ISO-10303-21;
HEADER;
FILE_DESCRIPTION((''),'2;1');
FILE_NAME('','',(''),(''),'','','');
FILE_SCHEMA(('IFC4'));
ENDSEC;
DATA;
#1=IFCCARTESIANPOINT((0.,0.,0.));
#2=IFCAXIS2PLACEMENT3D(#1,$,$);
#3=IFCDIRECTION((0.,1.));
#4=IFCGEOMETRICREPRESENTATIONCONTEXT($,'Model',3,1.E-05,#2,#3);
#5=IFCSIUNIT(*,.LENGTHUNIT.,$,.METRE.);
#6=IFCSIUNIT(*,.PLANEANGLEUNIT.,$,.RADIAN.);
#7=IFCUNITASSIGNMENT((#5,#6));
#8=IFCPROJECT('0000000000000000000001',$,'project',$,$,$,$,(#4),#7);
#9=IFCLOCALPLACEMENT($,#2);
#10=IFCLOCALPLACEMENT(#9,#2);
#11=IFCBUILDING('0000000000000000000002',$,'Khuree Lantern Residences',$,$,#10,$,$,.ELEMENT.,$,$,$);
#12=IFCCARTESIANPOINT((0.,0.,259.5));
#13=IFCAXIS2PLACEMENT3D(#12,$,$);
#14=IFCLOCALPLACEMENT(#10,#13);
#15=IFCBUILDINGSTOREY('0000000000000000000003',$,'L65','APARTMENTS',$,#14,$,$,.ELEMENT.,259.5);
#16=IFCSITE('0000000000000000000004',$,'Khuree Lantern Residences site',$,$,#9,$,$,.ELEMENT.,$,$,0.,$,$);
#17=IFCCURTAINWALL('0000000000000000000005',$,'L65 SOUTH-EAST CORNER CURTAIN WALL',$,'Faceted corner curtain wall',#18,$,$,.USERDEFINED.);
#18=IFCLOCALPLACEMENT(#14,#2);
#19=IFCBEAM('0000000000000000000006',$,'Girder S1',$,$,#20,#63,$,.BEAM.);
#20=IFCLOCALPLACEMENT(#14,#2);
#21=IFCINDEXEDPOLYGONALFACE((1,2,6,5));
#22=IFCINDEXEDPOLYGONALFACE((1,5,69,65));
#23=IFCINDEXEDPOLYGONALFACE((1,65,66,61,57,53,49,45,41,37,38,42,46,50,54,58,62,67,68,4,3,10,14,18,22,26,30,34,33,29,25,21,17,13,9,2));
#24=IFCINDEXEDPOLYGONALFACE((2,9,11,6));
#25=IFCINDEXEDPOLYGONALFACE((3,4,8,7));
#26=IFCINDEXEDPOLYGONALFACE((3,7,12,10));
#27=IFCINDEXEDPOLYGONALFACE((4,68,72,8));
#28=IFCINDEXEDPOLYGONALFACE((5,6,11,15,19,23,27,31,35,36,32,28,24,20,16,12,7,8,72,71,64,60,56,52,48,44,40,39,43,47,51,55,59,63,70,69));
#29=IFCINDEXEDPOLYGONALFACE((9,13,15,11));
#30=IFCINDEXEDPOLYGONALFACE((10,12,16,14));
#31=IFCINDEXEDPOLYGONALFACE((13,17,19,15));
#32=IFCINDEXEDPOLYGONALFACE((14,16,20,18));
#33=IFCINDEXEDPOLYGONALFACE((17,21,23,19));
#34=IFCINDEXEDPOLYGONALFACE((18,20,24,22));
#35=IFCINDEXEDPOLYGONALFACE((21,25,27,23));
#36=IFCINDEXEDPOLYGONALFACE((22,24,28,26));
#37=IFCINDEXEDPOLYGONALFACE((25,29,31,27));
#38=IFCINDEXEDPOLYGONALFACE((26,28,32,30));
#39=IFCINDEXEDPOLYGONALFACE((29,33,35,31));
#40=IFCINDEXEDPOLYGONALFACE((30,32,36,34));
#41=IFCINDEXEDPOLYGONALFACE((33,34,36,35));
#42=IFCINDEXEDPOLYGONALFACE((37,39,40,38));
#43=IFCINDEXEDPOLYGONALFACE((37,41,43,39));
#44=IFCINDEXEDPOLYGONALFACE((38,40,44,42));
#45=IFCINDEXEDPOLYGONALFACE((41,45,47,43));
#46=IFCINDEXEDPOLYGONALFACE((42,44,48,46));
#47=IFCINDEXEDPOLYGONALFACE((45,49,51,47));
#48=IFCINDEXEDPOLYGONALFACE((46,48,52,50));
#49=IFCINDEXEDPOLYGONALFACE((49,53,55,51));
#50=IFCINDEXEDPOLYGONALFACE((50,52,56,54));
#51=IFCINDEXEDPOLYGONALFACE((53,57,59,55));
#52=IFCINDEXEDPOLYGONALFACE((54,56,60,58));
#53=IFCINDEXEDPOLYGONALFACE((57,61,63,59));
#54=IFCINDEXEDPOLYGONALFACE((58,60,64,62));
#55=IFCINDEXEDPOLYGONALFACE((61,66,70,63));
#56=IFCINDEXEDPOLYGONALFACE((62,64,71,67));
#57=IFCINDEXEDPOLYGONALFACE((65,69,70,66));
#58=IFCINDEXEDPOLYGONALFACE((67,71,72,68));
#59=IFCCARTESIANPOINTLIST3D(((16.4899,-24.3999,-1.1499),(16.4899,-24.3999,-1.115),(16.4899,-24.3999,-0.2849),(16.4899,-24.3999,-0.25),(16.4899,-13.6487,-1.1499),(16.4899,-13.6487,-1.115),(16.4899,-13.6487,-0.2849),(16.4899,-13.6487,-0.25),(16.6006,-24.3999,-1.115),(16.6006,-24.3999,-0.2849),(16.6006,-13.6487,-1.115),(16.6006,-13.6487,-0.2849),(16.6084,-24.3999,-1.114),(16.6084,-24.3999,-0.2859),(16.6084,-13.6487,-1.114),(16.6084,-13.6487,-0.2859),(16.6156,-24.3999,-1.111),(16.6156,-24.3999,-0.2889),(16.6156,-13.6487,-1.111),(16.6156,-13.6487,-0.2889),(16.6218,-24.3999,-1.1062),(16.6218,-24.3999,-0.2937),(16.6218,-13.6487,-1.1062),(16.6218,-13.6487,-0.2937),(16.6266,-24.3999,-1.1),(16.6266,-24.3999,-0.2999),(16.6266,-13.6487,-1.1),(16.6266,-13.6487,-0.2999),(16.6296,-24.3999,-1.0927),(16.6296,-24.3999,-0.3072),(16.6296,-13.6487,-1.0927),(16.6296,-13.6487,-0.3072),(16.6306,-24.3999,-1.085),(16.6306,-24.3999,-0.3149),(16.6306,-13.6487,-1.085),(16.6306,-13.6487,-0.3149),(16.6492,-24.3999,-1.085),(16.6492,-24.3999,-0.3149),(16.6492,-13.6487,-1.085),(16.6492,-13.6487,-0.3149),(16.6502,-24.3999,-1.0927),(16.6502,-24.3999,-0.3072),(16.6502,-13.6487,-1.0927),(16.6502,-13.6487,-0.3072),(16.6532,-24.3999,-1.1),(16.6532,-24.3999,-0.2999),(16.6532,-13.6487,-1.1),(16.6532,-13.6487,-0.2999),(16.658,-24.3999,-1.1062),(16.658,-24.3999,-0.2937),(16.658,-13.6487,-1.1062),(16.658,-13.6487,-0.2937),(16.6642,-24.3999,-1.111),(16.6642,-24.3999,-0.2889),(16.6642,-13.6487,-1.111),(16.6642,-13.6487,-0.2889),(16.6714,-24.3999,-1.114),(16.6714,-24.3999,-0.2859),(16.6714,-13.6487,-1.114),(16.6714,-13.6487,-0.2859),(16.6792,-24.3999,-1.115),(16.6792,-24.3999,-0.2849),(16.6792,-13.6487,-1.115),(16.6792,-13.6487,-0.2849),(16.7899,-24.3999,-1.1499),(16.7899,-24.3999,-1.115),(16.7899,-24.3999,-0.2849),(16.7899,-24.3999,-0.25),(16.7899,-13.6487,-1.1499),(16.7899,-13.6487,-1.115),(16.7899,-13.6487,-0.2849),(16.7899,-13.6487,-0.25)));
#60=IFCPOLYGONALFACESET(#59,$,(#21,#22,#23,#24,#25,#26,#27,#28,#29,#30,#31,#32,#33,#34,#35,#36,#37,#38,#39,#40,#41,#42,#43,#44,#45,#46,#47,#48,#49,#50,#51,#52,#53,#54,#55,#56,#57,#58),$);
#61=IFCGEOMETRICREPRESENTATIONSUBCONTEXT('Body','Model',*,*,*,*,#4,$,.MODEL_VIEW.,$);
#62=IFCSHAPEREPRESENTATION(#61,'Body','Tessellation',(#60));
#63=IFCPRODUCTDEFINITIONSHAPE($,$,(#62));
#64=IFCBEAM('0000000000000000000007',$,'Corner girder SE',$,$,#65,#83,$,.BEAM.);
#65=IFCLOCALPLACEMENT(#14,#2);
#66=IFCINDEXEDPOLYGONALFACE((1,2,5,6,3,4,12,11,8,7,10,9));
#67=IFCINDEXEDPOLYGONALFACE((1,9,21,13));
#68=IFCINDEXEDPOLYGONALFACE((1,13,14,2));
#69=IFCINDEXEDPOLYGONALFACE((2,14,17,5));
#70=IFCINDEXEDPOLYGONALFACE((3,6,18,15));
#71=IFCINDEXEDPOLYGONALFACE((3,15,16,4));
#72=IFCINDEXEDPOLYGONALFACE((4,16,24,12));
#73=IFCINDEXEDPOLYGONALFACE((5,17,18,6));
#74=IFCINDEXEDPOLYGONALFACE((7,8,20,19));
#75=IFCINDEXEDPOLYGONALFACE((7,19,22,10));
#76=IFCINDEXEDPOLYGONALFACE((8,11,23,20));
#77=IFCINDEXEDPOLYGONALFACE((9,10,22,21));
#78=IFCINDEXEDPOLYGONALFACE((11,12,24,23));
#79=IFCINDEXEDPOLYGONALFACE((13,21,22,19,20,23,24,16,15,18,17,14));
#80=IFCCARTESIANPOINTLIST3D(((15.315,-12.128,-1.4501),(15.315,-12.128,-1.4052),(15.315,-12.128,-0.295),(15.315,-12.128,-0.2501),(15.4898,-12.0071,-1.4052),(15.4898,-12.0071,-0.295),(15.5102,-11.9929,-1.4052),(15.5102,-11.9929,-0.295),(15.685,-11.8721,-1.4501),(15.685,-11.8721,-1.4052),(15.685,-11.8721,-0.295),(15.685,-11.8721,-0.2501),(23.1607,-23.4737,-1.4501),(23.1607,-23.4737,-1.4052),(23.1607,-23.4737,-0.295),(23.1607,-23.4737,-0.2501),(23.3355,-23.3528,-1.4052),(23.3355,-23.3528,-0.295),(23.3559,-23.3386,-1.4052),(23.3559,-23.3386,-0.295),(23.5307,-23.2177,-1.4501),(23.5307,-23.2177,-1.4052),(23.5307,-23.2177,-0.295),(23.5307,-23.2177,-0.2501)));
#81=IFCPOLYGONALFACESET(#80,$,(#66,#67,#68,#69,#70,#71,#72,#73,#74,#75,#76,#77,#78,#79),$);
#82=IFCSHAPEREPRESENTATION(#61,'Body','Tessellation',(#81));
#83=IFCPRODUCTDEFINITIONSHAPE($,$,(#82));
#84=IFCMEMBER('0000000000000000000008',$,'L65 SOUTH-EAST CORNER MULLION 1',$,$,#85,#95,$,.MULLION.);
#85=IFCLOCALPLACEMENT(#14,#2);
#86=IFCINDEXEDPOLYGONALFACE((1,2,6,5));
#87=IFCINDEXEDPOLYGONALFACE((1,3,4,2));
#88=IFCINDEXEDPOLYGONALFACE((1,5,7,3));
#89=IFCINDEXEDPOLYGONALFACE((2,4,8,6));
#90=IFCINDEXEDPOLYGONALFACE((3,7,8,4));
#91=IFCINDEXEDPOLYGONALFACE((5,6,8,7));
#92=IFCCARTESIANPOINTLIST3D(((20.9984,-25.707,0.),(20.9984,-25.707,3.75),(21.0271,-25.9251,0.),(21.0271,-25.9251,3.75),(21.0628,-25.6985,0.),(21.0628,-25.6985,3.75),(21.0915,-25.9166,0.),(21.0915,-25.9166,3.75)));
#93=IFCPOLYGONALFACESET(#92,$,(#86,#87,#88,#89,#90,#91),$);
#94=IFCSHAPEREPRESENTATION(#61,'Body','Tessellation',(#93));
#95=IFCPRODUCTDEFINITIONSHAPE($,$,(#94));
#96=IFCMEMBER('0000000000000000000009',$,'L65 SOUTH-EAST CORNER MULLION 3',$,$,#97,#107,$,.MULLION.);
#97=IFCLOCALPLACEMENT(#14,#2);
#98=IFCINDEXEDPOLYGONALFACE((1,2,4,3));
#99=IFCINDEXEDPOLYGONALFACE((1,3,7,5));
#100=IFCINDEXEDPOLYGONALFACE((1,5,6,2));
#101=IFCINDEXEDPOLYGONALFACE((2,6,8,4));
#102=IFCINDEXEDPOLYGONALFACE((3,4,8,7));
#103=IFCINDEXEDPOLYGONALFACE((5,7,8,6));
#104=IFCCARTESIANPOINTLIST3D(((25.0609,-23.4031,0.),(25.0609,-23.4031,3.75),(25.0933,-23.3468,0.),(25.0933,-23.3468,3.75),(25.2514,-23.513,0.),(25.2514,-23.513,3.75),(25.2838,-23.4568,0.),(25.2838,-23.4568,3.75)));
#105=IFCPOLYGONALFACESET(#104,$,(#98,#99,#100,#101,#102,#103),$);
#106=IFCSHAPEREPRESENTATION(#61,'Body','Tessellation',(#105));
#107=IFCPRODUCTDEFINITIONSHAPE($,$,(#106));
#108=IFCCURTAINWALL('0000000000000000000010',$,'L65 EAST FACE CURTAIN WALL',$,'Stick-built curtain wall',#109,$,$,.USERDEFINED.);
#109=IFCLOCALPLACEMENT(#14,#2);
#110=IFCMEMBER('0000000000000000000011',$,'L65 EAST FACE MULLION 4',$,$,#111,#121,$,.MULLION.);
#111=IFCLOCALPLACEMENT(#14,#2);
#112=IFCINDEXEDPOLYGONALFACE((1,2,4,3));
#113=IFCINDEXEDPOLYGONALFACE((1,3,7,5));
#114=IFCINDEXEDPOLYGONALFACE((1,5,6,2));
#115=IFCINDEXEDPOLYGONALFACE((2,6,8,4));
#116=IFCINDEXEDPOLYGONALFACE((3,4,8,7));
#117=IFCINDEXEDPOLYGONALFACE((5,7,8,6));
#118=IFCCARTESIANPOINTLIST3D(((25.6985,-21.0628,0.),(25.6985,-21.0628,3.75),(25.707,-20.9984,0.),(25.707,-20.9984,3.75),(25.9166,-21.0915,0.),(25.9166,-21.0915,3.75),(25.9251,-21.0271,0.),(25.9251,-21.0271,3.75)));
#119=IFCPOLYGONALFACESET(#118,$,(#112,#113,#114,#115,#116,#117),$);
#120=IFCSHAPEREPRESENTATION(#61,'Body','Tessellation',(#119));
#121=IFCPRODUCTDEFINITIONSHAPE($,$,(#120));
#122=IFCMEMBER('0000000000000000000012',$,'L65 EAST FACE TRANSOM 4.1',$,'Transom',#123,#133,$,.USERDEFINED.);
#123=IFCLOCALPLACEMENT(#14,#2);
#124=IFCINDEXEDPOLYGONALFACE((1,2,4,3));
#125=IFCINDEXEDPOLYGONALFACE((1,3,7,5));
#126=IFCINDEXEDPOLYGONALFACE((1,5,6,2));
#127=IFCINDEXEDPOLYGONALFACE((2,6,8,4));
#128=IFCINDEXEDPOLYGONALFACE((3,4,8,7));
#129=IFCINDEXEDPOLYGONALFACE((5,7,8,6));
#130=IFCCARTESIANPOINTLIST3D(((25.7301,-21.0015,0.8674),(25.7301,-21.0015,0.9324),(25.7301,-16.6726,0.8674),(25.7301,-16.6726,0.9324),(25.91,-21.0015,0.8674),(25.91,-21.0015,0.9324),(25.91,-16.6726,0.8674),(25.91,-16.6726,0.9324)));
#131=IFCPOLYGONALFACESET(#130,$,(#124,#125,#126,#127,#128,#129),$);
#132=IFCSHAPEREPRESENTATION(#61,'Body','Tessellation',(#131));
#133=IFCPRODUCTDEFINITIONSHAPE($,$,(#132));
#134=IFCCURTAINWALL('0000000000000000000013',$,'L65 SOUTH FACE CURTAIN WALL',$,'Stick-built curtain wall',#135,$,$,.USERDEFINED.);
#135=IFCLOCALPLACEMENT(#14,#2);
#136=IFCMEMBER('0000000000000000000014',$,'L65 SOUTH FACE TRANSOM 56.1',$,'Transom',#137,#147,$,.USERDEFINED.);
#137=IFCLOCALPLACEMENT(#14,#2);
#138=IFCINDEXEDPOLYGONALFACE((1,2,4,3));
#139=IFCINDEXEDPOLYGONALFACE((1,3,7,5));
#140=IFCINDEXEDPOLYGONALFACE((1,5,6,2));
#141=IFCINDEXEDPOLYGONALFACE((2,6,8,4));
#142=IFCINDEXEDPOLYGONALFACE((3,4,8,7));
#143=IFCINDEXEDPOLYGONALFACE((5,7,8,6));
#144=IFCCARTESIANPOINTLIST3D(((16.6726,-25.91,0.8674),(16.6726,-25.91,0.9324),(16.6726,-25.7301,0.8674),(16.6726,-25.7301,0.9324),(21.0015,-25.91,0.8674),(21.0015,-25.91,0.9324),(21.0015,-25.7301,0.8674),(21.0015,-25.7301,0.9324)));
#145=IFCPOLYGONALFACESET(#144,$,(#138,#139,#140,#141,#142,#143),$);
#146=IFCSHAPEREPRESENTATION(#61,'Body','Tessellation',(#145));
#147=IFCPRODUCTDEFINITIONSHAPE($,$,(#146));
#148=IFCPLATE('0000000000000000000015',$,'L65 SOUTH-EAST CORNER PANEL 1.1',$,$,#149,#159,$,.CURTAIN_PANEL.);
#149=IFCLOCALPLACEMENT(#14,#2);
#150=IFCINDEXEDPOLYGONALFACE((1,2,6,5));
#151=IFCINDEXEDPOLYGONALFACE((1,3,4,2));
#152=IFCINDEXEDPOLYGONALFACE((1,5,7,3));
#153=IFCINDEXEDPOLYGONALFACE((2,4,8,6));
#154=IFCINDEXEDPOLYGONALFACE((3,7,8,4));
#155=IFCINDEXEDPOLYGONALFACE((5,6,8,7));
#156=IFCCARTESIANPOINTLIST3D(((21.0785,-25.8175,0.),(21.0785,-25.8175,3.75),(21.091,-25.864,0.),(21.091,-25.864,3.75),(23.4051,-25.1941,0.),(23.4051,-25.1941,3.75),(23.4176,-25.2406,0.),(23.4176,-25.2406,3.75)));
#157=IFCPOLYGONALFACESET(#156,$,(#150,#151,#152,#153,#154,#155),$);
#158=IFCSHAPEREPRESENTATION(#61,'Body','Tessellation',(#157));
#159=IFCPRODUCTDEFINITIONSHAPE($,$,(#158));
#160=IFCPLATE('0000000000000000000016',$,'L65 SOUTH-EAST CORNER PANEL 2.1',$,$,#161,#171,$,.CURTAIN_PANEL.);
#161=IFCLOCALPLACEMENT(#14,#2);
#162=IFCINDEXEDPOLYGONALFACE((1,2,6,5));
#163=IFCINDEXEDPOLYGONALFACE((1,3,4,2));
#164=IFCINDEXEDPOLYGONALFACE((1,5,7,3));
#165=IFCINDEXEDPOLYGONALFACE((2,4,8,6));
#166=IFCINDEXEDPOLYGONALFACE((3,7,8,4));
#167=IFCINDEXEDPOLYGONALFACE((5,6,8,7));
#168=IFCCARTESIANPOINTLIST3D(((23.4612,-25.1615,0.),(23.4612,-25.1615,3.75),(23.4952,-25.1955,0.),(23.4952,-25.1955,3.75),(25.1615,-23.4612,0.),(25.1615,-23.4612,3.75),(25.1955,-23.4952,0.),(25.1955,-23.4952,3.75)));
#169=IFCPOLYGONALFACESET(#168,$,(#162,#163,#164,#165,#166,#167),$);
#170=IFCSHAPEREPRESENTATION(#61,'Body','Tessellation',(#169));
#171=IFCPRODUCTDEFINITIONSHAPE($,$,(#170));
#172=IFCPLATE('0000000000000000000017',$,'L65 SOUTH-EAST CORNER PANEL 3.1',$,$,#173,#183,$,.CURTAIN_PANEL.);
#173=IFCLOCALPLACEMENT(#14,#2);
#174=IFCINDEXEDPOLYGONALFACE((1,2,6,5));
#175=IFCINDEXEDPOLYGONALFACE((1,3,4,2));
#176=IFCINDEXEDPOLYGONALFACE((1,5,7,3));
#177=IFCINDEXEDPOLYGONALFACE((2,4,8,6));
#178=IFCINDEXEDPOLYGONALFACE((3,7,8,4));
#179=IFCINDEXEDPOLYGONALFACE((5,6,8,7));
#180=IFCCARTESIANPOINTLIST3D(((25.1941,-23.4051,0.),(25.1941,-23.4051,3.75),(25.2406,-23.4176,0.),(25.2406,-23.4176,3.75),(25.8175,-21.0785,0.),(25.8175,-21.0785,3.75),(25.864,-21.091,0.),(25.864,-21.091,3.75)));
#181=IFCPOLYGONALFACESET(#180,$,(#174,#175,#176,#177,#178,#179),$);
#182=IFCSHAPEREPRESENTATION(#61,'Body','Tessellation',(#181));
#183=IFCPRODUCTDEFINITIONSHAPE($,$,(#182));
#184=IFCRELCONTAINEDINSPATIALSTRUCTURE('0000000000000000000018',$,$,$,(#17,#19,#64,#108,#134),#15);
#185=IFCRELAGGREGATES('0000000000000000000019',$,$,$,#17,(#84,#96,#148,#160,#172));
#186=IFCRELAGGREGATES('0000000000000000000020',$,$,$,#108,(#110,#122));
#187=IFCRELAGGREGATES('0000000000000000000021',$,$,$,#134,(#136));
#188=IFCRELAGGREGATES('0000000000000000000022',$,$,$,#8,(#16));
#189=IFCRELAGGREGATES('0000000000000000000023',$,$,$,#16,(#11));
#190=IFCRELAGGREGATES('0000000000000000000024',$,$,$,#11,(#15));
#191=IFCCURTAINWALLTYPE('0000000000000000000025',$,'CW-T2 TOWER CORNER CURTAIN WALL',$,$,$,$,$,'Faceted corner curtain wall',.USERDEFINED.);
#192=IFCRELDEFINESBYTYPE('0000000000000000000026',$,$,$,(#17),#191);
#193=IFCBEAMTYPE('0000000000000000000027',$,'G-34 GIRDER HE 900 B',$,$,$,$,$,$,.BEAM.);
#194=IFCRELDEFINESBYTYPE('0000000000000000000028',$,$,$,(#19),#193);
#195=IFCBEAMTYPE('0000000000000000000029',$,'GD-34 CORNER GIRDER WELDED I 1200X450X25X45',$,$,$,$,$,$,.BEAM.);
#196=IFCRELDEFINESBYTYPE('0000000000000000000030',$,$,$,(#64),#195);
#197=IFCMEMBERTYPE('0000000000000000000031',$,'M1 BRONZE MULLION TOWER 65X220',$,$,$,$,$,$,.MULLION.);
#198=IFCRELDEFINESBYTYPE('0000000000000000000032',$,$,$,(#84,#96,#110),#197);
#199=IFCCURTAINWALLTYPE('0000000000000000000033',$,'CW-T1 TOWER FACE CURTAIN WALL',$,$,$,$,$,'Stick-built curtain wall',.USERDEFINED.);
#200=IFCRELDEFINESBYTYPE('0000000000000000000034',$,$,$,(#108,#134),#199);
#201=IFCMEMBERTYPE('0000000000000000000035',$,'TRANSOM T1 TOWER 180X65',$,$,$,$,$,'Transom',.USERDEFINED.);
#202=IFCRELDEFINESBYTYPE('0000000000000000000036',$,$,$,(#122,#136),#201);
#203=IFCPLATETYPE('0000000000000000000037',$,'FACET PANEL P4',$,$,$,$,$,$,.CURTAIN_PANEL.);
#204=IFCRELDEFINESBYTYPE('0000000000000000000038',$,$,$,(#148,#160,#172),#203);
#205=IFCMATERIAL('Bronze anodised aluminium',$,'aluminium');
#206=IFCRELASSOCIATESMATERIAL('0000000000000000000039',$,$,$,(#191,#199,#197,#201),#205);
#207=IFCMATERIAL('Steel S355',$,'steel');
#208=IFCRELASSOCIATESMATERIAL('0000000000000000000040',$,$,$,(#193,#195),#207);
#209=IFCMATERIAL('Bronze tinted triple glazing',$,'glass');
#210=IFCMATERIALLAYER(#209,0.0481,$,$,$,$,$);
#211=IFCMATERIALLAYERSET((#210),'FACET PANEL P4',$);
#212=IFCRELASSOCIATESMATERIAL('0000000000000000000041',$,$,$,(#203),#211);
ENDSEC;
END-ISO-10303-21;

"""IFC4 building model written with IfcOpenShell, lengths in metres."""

from ifc_helpers import new_model, si_unit, direction, frame, origin, origin_2d, place, context, subcontext, project, spatial, rectangle, i_section, extrude, material, layer, layer_set, material_profile, profile_set, type_object, element, aggregate, save


model = new_model("IFC4")

# Units and contexts
model_context = context("Model", 3, precision=1e-05, world=origin(), true_north=direction((0.0, 1.0)))
body_context = subcontext(model_context, "Body", "Model", "MODEL_VIEW")
ifc_project = project(units=[si_unit("LENGTHUNIT", "METRE"), si_unit("PLANEANGLEUNIT", "RADIAN")], contexts=[model_context])

# Site, building, storey
site_placement = place(None, origin())
site = spatial("IfcSite", under=ifc_project, at=site_placement, Name="Khuree Lantern Residences site", CompositionType="ELEMENT", RefElevation=0.0)
building_placement = place(site_placement, origin())
building = spatial("IfcBuilding", under=site, at=building_placement, Name="Khuree Lantern Residences", CompositionType="ELEMENT")
storey_placement = place(building_placement, frame((0.0, 0.0, 259.5)))
storey = spatial("IfcBuildingStorey", under=building, at=storey_placement, Name="L65", Description="APARTMENTS", CompositionType="ELEMENT", Elevation=259.5)

# Shared definitions
ifc_material_1 = material(Name="Steel S355", Category="steel")

# Curtain wall
ifc_material_2 = material(Name="Bronze anodised aluminium", Category="aluminium")
curtain_wall_type_1 = type_object("IfcCurtainWallType", Name="CW-T2 TOWER CORNER CURTAIN WALL", ElementType="Faceted corner curtain wall", PredefinedType="USERDEFINED", material=ifc_material_2)
curtain_wall_1_placement = place(storey_placement, origin())
curtain_wall_1 = element("IfcCurtainWall", 1, at=curtain_wall_1_placement, inside=storey, type_object=curtain_wall_type_1, Name="L65 SOUTH-EAST CORNER CURTAIN WALL", ObjectType="Faceted corner curtain wall", PredefinedType="USERDEFINED")

# Beams
ifc_material_profile_1 = material_profile(ifc_material_1, i_section(OverallWidth=0.3, OverallDepth=0.8999, WebThickness=0.0186, FlangeThickness=0.0349, FilletRadius=0.03, at=origin_2d()), Name="HE 900 B")
ifc_profile_set_1 = profile_set([ifc_material_profile_1], Name="Steel S355")
beam_type_1 = type_object("IfcBeamType", Name="G-34 GIRDER HE 900 B", PredefinedType="BEAM", material=ifc_profile_set_1)
beam_1_placement = place(storey_placement, frame((16.6399, -24.3999, -0.7), z_axis=(0.0, 1.0, 0.0), x_axis=(-1.0, 0.0, 0.0)))
element("IfcBeam", 2, at=beam_1_placement, inside=storey, type_object=beam_type_1, Name="Girder S1", PredefinedType="BEAM", context=body_context, shape_type="SweptSolid", body=[
    extrude(i_section(OverallWidth=0.3, OverallDepth=0.8999, WebThickness=0.0186, FlangeThickness=0.0349, FilletRadius=0.03, at=origin_2d()), origin(), (0.0, 0.0, 1.0), 10.7512),
])
ifc_material_profile_2 = material_profile(ifc_material_1, i_section(OverallWidth=0.45, OverallDepth=1.2, WebThickness=0.0249, FlangeThickness=0.0449, at=origin_2d()), Name="WELDED I 1200X450X25X45")
ifc_profile_set_2 = profile_set([ifc_material_profile_2], Name="Steel S355")
beam_type_2 = type_object("IfcBeamType", Name="GD-34 CORNER GIRDER WELDED I 1200X450X25X45", PredefinedType="BEAM", material=ifc_profile_set_2)
beam_2_placement = place(storey_placement, frame((23.3457, -23.3457, -0.8501), z_axis=(-0.568768, 0.822498, 0.0), x_axis=(-0.822498, -0.568768, 0.0)))
element("IfcBeam", 3, at=beam_2_placement, inside=storey, type_object=beam_type_2, Name="Corner girder SE", PredefinedType="BEAM", context=body_context, shape_type="SweptSolid", body=[
    extrude(i_section(OverallWidth=0.45, OverallDepth=1.2, WebThickness=0.0249, FlangeThickness=0.0449, at=origin_2d()), origin(), (0.0, 0.0, 1.0), 13.7942),
])

# Members
ifc_material_profile_3 = material_profile(ifc_material_2, rectangle(XDim=0.0649, YDim=0.22, at=origin_2d()), Name="M1 65X220")
ifc_profile_set_3 = profile_set([ifc_material_profile_3], Name="Bronze anodised aluminium")
member_type_1 = type_object("IfcMemberType", Name="M1 BRONZE MULLION TOWER 65X220", PredefinedType="MULLION", material=ifc_profile_set_3)
member_1_placement = place(storey_placement, frame((21.0449, -25.8118, 0.0), z_axis=(0.0, 0.0, 1.0), x_axis=(0.991445, 0.130526, 0.0)))
member_1 = element("IfcMember", 4, at=member_1_placement, type_object=member_type_1, Name="L65 SOUTH-EAST CORNER MULLION 1", PredefinedType="MULLION", context=body_context, shape_type="SweptSolid", body=[
    extrude(rectangle(XDim=0.0649, YDim=0.22, at=origin_2d()), origin(), (0.0, 0.0, 1.0), 3.75),
])
member_2_placement = place(storey_placement, frame((25.1724, -23.4299, 0.0), z_axis=(0.0, 0.0, 1.0), x_axis=(0.5, 0.866025, 0.0)))
member_2 = element("IfcMember", 5, at=member_2_placement, type_object=member_type_1, Name="L65 SOUTH-EAST CORNER MULLION 3", PredefinedType="MULLION", context=body_context, shape_type="SweptSolid", body=[
    extrude(rectangle(XDim=0.0649, YDim=0.22, at=origin_2d()), origin(), (0.0, 0.0, 1.0), 3.75),
])

# Curtain wall, members
curtain_wall_type_2 = type_object("IfcCurtainWallType", Name="CW-T1 TOWER FACE CURTAIN WALL", ElementType="Stick-built curtain wall", PredefinedType="USERDEFINED", material=ifc_material_2)
curtain_wall_2_placement = place(storey_placement, origin())
curtain_wall_2 = element("IfcCurtainWall", 6, at=curtain_wall_2_placement, inside=storey, type_object=curtain_wall_type_2, Name="L65 EAST FACE CURTAIN WALL", ObjectType="Stick-built curtain wall", PredefinedType="USERDEFINED")
member_3_placement = place(storey_placement, frame((25.8118, -21.0449, 0.0), z_axis=(0.0, 0.0, 1.0), x_axis=(0.130526, 0.991445, 0.0)))
member_3 = element("IfcMember", 7, at=member_3_placement, type_object=member_type_1, Name="L65 EAST FACE MULLION 4", PredefinedType="MULLION", context=body_context, shape_type="SweptSolid", body=[
    extrude(rectangle(XDim=0.0649, YDim=0.22, at=origin_2d()), origin(), (0.0, 0.0, 1.0), 3.75),
])
ifc_material_profile_4 = material_profile(ifc_material_2, rectangle(XDim=0.1799, YDim=0.0649, at=origin_2d()), Name="T1 180X65")
ifc_profile_set_4 = profile_set([ifc_material_profile_4], Name="Bronze anodised aluminium")
member_type_2 = type_object("IfcMemberType", Name="TRANSOM T1 TOWER 180X65", ElementType="Transom", PredefinedType="USERDEFINED", material=ifc_profile_set_4)
member_4_placement = place(storey_placement, frame((25.8201, -21.0015, 0.8999), z_axis=(0.0, 1.0, 0.0), x_axis=(-1.0, 0.0, 0.0)))
member_4 = element("IfcMember", 8, at=member_4_placement, type_object=member_type_2, Name="L65 EAST FACE TRANSOM 4.1", ObjectType="Transom", PredefinedType="USERDEFINED", context=body_context, shape_type="SweptSolid", body=[
    extrude(rectangle(XDim=0.1799, YDim=0.0649, at=origin_2d()), origin(), (0.0, 0.0, 1.0), 4.3289),
])

# Curtain wall, member
curtain_wall_3_placement = place(storey_placement, origin())
curtain_wall_3 = element("IfcCurtainWall", 9, at=curtain_wall_3_placement, inside=storey, type_object=curtain_wall_type_2, Name="L65 SOUTH FACE CURTAIN WALL", ObjectType="Stick-built curtain wall", PredefinedType="USERDEFINED")
member_5_placement = place(storey_placement, frame((16.6726, -25.8201, 0.8999), z_axis=(1.0, 0.0, 0.0), x_axis=(0.0, 1.0, 0.0)))
member_5 = element("IfcMember", 10, at=member_5_placement, type_object=member_type_2, Name="L65 SOUTH FACE TRANSOM 56.1", ObjectType="Transom", PredefinedType="USERDEFINED", context=body_context, shape_type="SweptSolid", body=[
    extrude(rectangle(XDim=0.1799, YDim=0.0649, at=origin_2d()), origin(), (0.0, 0.0, 1.0), 4.3289),
])

# Plates
ifc_material_3 = material(Name="Bronze tinted triple glazing", Category="glass")
ifc_layer_1 = layer(ifc_material_3, 0.0481)
ifc_layer_set_1 = layer_set([ifc_layer_1], Name="FACET PANEL P4")
plate_type_1 = type_object("IfcPlateType", Name="FACET PANEL P4", PredefinedType="CURTAIN_PANEL", material=ifc_layer_set_1)
plate_1_placement = place(storey_placement, frame((22.248, -25.5291, 0.0), z_axis=(0.0, 0.0, 1.0), x_axis=(0.965926, 0.258819, 0.0)))
plate_1 = element("IfcPlate", 11, at=plate_1_placement, type_object=plate_type_1, Name="L65 SOUTH-EAST CORNER PANEL 1.1", PredefinedType="CURTAIN_PANEL", context=body_context, shape_type="SweptSolid", body=[
    extrude(rectangle(XDim=2.4087, YDim=0.0481, at=origin_2d()), origin(), (0.0, 0.0, 1.0), 3.75),
])
plate_2_placement = place(storey_placement, frame((24.3284, -24.3284, 0.0), z_axis=(0.0, 0.0, 1.0), x_axis=(0.707107, 0.707107, 0.0)))
plate_2 = element("IfcPlate", 12, at=plate_2_placement, type_object=plate_type_1, Name="L65 SOUTH-EAST CORNER PANEL 2.1", PredefinedType="CURTAIN_PANEL", context=body_context, shape_type="SweptSolid", body=[
    extrude(rectangle(XDim=2.4045, YDim=0.0481, at=origin_2d()), origin(), (0.0, 0.0, 1.0), 3.75),
])
plate_3_placement = place(storey_placement, frame((25.5291, -22.248, 0.0), z_axis=(0.0, 0.0, 1.0), x_axis=(0.258819, 0.965926, 0.0)))
plate_3 = element("IfcPlate", 13, at=plate_3_placement, type_object=plate_type_1, Name="L65 SOUTH-EAST CORNER PANEL 3.1", PredefinedType="CURTAIN_PANEL", context=body_context, shape_type="SweptSolid", body=[
    extrude(rectangle(XDim=2.4087, YDim=0.0481, at=origin_2d()), origin(), (0.0, 0.0, 1.0), 3.75),
])
aggregate(curtain_wall_1, [member_1, member_2, plate_1, plate_2, plate_3])
aggregate(curtain_wall_2, [member_3, member_4])
aggregate(curtain_wall_3, [member_5])

save(model, "model.ifc")
